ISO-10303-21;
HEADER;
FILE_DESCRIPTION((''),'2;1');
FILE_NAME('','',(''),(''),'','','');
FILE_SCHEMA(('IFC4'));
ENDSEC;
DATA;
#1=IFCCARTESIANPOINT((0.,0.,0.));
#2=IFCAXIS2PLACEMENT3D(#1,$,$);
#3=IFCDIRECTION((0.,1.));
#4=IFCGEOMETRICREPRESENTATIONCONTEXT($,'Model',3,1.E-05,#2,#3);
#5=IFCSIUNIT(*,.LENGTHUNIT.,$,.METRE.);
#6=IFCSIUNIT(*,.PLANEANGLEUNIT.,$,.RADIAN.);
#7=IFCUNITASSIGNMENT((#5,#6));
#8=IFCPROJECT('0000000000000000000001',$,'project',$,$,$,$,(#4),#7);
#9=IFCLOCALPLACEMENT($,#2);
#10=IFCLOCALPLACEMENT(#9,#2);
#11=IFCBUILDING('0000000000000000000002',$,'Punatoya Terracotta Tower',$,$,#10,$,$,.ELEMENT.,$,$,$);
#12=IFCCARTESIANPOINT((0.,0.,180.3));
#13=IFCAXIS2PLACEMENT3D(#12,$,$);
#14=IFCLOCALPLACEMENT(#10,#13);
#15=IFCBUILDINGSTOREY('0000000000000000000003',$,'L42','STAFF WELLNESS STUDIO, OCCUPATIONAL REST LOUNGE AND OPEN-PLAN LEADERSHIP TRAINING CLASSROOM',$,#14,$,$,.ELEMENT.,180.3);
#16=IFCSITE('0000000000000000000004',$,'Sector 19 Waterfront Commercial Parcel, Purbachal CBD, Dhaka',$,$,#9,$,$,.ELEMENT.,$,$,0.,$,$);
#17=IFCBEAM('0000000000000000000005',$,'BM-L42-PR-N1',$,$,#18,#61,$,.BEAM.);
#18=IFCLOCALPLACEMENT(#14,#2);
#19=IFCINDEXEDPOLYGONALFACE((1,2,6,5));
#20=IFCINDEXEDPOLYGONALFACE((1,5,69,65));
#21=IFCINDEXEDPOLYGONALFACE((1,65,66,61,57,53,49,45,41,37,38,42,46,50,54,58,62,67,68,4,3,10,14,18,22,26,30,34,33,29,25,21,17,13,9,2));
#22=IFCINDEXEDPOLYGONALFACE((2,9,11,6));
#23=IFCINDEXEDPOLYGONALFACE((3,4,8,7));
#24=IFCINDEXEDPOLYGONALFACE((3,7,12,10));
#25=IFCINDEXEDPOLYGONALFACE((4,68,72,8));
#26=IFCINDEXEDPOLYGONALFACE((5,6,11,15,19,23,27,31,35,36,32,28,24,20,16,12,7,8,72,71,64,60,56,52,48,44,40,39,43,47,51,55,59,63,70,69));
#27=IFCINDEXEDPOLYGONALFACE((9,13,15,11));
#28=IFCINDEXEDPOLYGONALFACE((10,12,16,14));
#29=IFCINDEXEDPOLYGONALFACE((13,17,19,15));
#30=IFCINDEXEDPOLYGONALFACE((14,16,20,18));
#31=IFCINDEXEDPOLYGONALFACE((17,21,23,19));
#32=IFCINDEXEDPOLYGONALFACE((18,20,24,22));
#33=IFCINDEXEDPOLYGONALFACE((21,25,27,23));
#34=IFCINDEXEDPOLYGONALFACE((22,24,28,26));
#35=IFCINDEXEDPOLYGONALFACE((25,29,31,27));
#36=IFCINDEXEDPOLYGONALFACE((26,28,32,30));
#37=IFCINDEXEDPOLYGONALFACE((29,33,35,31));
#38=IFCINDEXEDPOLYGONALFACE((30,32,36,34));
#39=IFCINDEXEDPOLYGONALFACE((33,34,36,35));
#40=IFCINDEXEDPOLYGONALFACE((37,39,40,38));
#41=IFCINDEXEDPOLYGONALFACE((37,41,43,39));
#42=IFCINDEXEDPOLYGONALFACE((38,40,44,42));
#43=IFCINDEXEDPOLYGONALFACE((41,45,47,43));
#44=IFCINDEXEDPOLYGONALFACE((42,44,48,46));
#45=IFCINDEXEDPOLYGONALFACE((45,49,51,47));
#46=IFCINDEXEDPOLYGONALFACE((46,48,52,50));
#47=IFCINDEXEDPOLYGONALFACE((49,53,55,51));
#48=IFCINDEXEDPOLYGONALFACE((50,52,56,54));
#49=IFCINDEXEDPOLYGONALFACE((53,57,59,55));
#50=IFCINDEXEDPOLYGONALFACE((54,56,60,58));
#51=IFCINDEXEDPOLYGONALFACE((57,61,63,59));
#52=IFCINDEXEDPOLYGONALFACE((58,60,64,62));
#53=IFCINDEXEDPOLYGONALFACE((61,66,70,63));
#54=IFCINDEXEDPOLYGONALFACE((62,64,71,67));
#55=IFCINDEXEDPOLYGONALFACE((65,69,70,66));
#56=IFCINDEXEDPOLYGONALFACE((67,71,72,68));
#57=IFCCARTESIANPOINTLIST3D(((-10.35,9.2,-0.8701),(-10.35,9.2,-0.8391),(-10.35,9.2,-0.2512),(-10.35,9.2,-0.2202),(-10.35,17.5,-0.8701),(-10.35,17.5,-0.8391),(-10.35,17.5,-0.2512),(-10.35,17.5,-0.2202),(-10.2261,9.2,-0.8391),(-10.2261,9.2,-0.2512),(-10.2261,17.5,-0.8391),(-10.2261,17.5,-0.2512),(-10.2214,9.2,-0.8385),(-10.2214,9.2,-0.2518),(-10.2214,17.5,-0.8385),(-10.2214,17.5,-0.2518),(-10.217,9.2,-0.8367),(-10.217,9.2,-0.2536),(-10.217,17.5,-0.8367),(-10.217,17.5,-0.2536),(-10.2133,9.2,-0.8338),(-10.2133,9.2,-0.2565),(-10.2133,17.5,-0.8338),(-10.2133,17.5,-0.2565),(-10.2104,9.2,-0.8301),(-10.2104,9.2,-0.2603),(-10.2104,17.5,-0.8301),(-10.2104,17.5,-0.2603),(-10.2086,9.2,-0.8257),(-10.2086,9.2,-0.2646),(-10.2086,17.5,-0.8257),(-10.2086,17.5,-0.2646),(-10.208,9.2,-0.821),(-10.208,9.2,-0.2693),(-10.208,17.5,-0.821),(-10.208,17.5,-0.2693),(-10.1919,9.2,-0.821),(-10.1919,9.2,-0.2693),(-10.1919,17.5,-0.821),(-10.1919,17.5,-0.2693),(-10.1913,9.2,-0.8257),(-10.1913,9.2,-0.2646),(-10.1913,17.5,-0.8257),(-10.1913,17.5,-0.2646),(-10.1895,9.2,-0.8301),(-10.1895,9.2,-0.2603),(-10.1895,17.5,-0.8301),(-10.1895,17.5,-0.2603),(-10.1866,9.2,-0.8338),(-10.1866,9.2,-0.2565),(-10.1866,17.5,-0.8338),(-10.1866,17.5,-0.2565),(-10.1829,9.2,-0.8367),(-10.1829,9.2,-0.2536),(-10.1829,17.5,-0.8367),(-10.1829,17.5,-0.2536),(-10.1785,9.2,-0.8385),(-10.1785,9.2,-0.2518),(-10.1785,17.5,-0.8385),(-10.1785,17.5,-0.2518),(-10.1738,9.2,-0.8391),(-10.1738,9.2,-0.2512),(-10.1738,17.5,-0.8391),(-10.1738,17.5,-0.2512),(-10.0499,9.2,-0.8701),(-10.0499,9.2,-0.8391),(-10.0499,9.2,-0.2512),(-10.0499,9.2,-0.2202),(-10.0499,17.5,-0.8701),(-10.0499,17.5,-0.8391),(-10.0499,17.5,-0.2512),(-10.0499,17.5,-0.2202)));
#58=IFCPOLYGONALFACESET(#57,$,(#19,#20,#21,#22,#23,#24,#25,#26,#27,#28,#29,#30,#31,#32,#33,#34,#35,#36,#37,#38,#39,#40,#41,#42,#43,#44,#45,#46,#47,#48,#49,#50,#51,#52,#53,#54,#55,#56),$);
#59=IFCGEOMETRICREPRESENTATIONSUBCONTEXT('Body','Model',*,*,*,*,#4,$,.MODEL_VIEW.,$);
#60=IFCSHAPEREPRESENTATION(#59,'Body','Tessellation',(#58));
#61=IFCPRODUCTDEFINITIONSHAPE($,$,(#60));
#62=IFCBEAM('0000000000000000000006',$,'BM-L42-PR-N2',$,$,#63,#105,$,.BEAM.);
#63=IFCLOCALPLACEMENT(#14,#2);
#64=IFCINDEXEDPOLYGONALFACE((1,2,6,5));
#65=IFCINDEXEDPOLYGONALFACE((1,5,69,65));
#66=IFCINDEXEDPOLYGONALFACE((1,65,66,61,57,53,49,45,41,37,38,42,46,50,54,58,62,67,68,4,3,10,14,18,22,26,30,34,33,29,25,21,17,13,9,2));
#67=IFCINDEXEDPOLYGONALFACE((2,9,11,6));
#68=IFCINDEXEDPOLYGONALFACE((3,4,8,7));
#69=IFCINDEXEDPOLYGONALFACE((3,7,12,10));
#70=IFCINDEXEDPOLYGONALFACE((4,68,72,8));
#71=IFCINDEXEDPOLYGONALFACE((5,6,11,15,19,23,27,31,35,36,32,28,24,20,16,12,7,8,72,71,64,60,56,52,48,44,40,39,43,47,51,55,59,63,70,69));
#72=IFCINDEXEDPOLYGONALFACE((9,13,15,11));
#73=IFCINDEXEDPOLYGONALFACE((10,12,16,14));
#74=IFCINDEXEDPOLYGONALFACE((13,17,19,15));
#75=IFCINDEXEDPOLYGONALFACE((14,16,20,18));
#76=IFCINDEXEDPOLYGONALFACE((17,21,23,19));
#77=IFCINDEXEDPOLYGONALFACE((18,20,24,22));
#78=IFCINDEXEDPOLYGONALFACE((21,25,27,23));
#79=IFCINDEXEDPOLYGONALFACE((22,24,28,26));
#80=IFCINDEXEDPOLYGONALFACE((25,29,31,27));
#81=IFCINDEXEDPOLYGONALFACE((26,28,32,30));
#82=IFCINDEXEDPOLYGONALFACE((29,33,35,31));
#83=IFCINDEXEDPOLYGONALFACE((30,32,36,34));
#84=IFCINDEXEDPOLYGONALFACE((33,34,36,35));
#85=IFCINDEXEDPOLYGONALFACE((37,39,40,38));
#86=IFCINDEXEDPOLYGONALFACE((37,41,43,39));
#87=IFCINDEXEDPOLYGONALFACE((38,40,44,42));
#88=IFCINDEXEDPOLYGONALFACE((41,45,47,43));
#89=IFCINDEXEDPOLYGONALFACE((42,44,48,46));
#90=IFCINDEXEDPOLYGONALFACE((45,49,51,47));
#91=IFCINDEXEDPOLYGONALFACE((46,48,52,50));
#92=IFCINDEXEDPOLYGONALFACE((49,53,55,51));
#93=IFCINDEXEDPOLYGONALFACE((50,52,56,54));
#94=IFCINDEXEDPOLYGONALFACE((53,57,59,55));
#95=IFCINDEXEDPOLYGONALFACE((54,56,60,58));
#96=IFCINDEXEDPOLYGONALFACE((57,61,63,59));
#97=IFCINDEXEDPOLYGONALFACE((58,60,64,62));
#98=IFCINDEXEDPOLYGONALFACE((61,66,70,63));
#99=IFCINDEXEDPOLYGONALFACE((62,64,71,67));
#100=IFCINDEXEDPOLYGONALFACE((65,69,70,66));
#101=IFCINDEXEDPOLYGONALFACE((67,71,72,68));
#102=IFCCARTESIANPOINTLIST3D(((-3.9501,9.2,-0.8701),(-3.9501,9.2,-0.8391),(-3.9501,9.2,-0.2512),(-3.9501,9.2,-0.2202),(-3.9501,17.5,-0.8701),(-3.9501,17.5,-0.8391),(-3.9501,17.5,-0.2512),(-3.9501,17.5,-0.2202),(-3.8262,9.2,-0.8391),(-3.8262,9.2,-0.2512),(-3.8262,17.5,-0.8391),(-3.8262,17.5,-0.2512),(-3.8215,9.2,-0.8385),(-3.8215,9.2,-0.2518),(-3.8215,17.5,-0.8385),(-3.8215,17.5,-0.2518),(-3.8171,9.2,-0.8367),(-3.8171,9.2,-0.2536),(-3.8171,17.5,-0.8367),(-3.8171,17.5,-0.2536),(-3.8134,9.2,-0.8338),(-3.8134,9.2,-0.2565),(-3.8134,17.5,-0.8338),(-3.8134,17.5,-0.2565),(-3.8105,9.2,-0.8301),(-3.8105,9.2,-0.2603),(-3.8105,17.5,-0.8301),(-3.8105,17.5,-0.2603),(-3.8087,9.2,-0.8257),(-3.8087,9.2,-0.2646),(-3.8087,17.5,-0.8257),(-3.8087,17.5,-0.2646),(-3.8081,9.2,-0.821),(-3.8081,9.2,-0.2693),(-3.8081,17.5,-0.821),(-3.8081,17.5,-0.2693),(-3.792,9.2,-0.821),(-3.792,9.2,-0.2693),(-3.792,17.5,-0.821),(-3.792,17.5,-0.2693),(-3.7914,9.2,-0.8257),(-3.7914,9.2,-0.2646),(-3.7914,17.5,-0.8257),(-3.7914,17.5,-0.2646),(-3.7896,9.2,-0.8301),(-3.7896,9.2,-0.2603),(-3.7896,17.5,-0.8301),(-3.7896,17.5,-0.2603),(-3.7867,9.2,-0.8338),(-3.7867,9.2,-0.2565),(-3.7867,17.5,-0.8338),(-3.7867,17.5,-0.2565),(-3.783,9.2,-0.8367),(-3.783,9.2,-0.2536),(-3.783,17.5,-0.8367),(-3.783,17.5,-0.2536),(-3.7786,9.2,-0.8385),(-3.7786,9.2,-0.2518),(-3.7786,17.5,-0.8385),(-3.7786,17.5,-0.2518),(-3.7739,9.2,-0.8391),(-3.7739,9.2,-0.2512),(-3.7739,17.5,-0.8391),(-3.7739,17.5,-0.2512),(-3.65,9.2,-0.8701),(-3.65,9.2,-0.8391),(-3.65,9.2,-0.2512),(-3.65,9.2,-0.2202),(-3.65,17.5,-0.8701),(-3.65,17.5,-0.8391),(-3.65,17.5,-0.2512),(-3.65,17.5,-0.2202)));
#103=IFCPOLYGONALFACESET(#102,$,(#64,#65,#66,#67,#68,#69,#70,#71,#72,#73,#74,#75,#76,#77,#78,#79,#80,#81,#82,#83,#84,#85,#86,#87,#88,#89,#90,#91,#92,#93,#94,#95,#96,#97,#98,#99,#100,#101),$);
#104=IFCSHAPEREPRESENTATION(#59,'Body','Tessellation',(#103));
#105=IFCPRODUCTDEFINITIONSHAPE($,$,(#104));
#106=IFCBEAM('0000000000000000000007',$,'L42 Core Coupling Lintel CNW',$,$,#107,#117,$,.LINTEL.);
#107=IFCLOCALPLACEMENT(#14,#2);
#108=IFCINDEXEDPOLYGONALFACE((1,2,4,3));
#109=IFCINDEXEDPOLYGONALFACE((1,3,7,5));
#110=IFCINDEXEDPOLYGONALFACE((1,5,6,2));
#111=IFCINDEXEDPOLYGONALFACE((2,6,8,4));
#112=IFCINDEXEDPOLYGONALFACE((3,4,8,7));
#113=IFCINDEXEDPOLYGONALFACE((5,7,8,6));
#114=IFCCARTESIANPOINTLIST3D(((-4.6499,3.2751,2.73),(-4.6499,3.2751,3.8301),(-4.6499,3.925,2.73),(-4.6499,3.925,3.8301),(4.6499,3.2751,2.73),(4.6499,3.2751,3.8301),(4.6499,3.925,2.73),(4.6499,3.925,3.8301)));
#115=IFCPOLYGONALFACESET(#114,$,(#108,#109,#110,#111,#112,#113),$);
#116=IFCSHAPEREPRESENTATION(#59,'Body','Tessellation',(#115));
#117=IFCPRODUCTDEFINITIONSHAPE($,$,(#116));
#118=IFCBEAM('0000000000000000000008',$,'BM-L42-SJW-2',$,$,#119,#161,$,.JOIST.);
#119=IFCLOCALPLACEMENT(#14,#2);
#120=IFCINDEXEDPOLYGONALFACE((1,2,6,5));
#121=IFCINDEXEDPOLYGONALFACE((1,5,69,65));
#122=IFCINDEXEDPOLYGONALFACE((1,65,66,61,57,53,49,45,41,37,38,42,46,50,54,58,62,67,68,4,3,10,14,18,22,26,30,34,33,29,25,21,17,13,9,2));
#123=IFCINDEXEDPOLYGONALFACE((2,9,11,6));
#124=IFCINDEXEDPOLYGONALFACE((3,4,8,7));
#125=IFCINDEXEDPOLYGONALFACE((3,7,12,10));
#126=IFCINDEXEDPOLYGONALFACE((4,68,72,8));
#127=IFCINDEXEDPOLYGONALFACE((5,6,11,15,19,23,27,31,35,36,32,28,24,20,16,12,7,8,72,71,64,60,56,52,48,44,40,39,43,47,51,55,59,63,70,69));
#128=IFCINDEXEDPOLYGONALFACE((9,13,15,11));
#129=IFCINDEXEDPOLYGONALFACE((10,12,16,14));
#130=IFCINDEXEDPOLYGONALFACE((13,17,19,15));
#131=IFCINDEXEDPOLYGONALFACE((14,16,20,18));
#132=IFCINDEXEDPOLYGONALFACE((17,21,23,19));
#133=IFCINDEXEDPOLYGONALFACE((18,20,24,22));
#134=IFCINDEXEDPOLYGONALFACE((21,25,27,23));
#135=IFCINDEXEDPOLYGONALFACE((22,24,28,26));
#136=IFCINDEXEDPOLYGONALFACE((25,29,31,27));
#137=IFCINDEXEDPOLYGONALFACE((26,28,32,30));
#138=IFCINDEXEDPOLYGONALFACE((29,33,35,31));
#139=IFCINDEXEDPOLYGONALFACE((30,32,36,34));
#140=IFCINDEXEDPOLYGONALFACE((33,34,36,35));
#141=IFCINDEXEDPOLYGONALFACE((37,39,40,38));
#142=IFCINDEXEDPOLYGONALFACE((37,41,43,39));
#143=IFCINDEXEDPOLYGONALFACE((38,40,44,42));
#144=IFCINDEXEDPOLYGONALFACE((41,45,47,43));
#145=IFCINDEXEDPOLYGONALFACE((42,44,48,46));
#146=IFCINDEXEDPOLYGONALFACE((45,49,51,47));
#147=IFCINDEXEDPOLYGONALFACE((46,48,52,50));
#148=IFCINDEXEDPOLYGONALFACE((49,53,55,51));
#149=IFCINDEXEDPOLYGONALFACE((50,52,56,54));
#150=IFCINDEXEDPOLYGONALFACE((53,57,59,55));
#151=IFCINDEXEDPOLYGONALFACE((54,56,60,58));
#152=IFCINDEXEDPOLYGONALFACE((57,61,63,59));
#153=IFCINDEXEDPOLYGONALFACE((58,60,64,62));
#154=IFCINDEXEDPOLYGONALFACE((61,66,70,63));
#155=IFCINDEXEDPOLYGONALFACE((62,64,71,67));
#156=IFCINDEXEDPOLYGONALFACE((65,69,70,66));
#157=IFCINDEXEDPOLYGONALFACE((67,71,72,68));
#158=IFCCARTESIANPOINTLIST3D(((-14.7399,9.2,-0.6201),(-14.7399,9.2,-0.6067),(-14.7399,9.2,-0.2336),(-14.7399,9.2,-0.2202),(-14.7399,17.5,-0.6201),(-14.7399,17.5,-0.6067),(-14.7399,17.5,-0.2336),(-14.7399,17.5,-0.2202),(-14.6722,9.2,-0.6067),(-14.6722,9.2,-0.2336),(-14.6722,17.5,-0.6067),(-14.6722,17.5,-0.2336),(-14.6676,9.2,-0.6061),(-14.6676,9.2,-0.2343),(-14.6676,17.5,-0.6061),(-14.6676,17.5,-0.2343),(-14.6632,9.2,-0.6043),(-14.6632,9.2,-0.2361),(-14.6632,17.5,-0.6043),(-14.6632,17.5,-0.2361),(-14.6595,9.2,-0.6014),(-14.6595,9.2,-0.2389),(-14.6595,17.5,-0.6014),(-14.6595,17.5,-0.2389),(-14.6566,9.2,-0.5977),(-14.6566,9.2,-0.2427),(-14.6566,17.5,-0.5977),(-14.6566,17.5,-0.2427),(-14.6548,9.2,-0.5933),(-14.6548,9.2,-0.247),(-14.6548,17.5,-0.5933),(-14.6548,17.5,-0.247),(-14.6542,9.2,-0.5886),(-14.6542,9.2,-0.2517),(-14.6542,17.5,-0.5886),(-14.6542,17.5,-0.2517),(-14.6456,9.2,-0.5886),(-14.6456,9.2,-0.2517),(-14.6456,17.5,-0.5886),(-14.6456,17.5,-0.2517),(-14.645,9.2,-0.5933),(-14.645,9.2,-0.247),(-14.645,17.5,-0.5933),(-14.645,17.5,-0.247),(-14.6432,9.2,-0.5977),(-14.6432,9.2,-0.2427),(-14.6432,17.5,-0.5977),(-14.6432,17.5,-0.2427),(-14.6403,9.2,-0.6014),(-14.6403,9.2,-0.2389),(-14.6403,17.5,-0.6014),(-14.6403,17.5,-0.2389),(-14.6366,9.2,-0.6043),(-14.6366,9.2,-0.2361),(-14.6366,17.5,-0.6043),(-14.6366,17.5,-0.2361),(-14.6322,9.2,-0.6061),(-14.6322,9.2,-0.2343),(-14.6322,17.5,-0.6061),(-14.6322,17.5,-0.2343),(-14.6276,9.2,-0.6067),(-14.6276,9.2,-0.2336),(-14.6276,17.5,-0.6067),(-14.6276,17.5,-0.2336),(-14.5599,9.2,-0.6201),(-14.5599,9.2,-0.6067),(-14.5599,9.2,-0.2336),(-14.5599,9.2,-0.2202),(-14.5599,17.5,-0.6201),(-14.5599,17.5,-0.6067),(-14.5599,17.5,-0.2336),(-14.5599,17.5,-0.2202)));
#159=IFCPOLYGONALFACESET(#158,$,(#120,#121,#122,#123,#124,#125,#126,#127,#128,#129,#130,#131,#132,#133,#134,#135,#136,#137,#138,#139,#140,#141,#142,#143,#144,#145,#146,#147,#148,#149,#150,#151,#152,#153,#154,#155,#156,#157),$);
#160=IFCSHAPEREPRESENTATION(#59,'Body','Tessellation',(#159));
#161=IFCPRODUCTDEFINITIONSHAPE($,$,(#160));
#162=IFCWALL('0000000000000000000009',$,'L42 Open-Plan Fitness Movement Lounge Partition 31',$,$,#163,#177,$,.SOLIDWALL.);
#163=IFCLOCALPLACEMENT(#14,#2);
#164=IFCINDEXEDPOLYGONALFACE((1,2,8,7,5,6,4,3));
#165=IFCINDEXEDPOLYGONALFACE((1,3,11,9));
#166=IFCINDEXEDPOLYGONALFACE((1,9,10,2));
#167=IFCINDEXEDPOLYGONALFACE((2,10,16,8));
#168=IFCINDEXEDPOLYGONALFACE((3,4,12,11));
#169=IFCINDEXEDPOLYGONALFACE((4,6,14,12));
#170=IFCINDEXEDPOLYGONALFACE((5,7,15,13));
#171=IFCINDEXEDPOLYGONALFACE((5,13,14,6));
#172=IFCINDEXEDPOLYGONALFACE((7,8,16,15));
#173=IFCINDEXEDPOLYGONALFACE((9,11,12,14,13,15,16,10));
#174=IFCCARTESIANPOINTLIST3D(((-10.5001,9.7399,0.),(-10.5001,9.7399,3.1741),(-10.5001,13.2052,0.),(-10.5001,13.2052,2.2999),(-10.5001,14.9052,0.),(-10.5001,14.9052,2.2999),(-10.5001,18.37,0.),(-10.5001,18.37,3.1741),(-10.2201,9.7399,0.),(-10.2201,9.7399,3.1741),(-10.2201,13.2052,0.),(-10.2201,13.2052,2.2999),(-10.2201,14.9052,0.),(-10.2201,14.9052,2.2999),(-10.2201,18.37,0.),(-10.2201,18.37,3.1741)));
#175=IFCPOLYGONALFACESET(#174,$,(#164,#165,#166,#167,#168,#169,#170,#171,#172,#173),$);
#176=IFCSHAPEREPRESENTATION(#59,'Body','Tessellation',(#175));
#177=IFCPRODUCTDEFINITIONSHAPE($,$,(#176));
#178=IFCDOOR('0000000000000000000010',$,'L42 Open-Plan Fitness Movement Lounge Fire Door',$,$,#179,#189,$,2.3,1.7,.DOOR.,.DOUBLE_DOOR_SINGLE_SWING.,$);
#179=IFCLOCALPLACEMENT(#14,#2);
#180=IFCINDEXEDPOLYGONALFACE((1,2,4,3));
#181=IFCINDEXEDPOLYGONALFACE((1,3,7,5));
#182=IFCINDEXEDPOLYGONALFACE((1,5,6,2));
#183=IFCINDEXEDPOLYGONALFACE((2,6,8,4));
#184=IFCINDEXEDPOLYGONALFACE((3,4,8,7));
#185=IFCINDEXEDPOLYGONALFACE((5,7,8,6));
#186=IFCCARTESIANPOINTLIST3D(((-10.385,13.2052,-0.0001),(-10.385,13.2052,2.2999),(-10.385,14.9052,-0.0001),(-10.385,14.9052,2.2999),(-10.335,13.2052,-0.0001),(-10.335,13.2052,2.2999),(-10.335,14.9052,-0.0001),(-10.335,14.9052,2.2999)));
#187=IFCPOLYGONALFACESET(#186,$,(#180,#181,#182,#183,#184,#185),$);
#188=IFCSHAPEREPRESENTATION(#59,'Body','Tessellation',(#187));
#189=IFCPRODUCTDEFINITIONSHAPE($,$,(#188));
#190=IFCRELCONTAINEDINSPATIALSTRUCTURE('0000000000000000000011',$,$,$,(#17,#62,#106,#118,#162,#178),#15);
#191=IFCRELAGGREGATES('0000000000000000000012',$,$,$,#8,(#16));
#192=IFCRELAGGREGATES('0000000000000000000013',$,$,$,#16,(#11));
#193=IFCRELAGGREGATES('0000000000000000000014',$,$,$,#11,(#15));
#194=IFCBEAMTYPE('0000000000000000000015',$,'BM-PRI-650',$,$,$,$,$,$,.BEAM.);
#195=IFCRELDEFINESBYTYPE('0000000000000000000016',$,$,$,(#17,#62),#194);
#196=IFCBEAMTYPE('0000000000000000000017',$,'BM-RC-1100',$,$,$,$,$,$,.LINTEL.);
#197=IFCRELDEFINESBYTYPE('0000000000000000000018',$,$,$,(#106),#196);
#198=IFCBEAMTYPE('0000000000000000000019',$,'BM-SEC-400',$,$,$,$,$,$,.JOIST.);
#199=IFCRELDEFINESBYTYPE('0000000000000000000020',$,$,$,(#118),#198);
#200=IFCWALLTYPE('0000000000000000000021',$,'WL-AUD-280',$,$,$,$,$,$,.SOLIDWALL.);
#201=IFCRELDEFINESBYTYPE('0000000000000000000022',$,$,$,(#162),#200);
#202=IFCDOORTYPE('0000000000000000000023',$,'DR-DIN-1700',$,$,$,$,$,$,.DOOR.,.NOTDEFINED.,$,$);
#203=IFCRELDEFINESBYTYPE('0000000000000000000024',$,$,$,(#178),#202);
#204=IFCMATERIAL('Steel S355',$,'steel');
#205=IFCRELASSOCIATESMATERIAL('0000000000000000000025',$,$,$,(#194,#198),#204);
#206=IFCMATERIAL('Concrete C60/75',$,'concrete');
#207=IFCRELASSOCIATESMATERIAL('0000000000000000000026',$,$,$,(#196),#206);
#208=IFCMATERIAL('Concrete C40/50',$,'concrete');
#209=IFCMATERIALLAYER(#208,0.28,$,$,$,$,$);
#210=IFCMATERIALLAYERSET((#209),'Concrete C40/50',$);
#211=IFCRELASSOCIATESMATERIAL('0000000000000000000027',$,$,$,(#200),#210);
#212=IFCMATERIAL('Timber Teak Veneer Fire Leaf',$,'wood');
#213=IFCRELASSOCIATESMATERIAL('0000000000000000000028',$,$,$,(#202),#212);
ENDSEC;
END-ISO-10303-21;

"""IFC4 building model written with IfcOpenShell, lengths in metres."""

from ifc_helpers import new_model, si_unit, direction, frame, frame_2d, origin, origin_2d, place, context, subcontext, project, spatial, rectangle, i_section, extrude, material, layer, layer_set, material_profile, profile_set, type_object, element, fill, save


model = new_model("IFC4")

# Units and contexts
model_context = context("Model", 3, precision=1e-05, world=origin(), true_north=direction((0.0, 1.0)))
body_context = subcontext(model_context, "Body", "Model", "MODEL_VIEW")
ifc_project = project(units=[si_unit("LENGTHUNIT", "METRE"), si_unit("PLANEANGLEUNIT", "RADIAN")], contexts=[model_context])

# Site, building, storey
site_placement = place(None, origin())
site = spatial("IfcSite", under=ifc_project, at=site_placement, Name="Sector 19 Waterfront Commercial Parcel, Purbachal CBD, Dhaka", CompositionType="ELEMENT", RefElevation=0.0)
building_placement = place(site_placement, origin())
building = spatial("IfcBuilding", under=site, at=building_placement, Name="Punatoya Terracotta Tower", CompositionType="ELEMENT")
storey_placement = place(building_placement, frame((0.0, 0.0, 180.3)))
storey = spatial("IfcBuildingStorey", under=building, at=storey_placement, Name="L42", Description="STAFF WELLNESS STUDIO, OCCUPATIONAL REST LOUNGE AND OPEN-PLAN LEADERSHIP TRAINING CLASSROOM", CompositionType="ELEMENT", Elevation=180.3)

# Beams
ifc_material_1 = material(Name="Steel S355", Category="steel")
ifc_material_profile_1 = material_profile(ifc_material_1, i_section(OverallWidth=0.3, OverallDepth=0.6499, WebThickness=0.0161, FlangeThickness=0.031, FilletRadius=0.0181, at=origin_2d()))
ifc_profile_set_1 = profile_set([ifc_material_profile_1], Name="Steel S355")
beam_type_1 = type_object("IfcBeamType", Name="BM-PRI-650", PredefinedType="BEAM", material=ifc_profile_set_1)
for number, where, z_axis, x_axis, name in (
    (1, (-10.2, 9.2, -0.5452), (0.0, 1.0, 0.0), (-1.0, 0.0, 0.0), "BM-L42-PR-N1"),
    (2, (-3.8, 9.2, -0.5452), (0.0, 1.0, 0.0), (-1.0, 0.0, 0.0), "BM-L42-PR-N2"),
):
    element("IfcBeam", number, at=place(storey_placement, frame(where, z_axis=z_axis, x_axis=x_axis)), inside=storey, type_object=beam_type_1, Name=name, PredefinedType="BEAM", context=body_context, shape_type="SweptSolid", body=[
        extrude(i_section(OverallWidth=0.3, OverallDepth=0.6499, WebThickness=0.0161, FlangeThickness=0.031, FilletRadius=0.0181, at=origin_2d()), origin(), (0.0, 0.0, 1.0), 8.3),
    ])
ifc_material_2 = material(Name="Concrete C60/75", Category="concrete")
ifc_material_profile_2 = material_profile(ifc_material_2, rectangle(XDim=0.6499, YDim=1.1001, at=origin_2d()))
ifc_profile_set_2 = profile_set([ifc_material_profile_2], Name="Concrete C60/75")
beam_type_2 = type_object("IfcBeamType", Name="BM-RC-1100", PredefinedType="LINTEL", material=ifc_profile_set_2)
beam_1_placement = place(storey_placement, frame((-4.6499, 3.6001, 3.28), z_axis=(1.0, 0.0, 0.0), x_axis=(0.0, 1.0, 0.0)))
element("IfcBeam", 3, at=beam_1_placement, inside=storey, type_object=beam_type_2, Name="L42 Core Coupling Lintel CNW", PredefinedType="LINTEL", context=body_context, shape_type="SweptSolid", body=[
    extrude(rectangle(XDim=0.6499, YDim=1.1001, at=origin_2d()), origin(), (0.0, 0.0, 1.0), 9.2998),
])
ifc_material_profile_3 = material_profile(ifc_material_1, i_section(OverallWidth=0.1799, OverallDepth=0.3999, WebThickness=0.0085, FlangeThickness=0.0134, FilletRadius=0.0181, at=origin_2d()))
ifc_profile_set_3 = profile_set([ifc_material_profile_3], Name="Steel S355")
beam_type_3 = type_object("IfcBeamType", Name="BM-SEC-400", PredefinedType="JOIST", material=ifc_profile_set_3)
beam_2_placement = place(storey_placement, frame((-14.6499, 9.2, -0.4202), z_axis=(0.0, 1.0, 0.0), x_axis=(-1.0, 0.0, 0.0)))
element("IfcBeam", 4, at=beam_2_placement, inside=storey, type_object=beam_type_3, Name="BM-L42-SJW-2", PredefinedType="JOIST", context=body_context, shape_type="SweptSolid", body=[
    extrude(i_section(OverallWidth=0.1799, OverallDepth=0.3999, WebThickness=0.0085, FlangeThickness=0.0134, FilletRadius=0.0181, at=origin_2d()), origin(), (0.0, 0.0, 1.0), 8.3),
])

# Wall, opening, door
ifc_material_3 = material(Name="Concrete C40/50", Category="concrete")
ifc_layer_1 = layer(ifc_material_3, 0.28)
ifc_layer_set_1 = layer_set([ifc_layer_1], Name="Concrete C40/50")
wall_type_1 = type_object("IfcWallType", Name="WL-AUD-280", PredefinedType="SOLIDWALL", material=ifc_layer_set_1)
wall_1_placement = place(storey_placement, frame((-10.3601, 9.74, 0.0), z_axis=(0.0, 0.0, 1.0), x_axis=(0.0, 1.0, 0.0)))
wall_1 = element("IfcWall", 5, at=wall_1_placement, inside=storey, type_object=wall_type_1, Name="L42 Open-Plan Fitness Movement Lounge Partition 31", PredefinedType="SOLIDWALL", context=body_context, shape_type="SweptSolid", body=[
    extrude(rectangle(XDim=8.6301, YDim=0.28, at=frame_2d((4.3149, 0.0))), origin(), (0.0, 0.0, 1.0), 3.1741),
])
opening_1_placement = place(wall_1_placement, frame((3.4651, 0.0, 0.0)))
opening_1 = element("IfcOpeningElement", 6, at=opening_1_placement, cuts=wall_1, PredefinedType="OPENING", context=body_context, shape_type="SweptSolid", body=[
    extrude(rectangle(XDim=1.7, YDim=2.3, at=frame_2d((0.8501, 1.1499))), frame((0.0, 0.1499, 0.0), z_axis=(0.0, -1.0, 0.0), x_axis=(1.0, 0.0, 0.0)), (0.0, 0.0, 1.0), 0.3),
])
ifc_material_4 = material(Name="Timber Teak Veneer Fire Leaf", Category="wood")
door_type_1 = type_object("IfcDoorType", Name="DR-DIN-1700", OperationType="NOTDEFINED", PredefinedType="DOOR", material=ifc_material_4)
door_1_placement = place(opening_1_placement, origin())
door_1 = element("IfcDoor", 7, at=door_1_placement, inside=storey, type_object=door_type_1, Name="L42 Open-Plan Fitness Movement Lounge Fire Door", OperationType="DOUBLE_DOOR_SINGLE_SWING", OverallHeight=2.3, OverallWidth=1.7, PredefinedType="DOOR", context=body_context, shape_type="SweptSolid", body=[
    extrude(rectangle(XDim=1.7, YDim=2.3, at=frame_2d((0.8501, 1.1499))), frame((0.0, 0.0249, 0.0), z_axis=(0.0, -1.0, 0.0), x_axis=(1.0, 0.0, 0.0)), (0.0, 0.0, 1.0), 0.05),
])
fill(opening_1, door_1)

save(model, "model.ifc")
